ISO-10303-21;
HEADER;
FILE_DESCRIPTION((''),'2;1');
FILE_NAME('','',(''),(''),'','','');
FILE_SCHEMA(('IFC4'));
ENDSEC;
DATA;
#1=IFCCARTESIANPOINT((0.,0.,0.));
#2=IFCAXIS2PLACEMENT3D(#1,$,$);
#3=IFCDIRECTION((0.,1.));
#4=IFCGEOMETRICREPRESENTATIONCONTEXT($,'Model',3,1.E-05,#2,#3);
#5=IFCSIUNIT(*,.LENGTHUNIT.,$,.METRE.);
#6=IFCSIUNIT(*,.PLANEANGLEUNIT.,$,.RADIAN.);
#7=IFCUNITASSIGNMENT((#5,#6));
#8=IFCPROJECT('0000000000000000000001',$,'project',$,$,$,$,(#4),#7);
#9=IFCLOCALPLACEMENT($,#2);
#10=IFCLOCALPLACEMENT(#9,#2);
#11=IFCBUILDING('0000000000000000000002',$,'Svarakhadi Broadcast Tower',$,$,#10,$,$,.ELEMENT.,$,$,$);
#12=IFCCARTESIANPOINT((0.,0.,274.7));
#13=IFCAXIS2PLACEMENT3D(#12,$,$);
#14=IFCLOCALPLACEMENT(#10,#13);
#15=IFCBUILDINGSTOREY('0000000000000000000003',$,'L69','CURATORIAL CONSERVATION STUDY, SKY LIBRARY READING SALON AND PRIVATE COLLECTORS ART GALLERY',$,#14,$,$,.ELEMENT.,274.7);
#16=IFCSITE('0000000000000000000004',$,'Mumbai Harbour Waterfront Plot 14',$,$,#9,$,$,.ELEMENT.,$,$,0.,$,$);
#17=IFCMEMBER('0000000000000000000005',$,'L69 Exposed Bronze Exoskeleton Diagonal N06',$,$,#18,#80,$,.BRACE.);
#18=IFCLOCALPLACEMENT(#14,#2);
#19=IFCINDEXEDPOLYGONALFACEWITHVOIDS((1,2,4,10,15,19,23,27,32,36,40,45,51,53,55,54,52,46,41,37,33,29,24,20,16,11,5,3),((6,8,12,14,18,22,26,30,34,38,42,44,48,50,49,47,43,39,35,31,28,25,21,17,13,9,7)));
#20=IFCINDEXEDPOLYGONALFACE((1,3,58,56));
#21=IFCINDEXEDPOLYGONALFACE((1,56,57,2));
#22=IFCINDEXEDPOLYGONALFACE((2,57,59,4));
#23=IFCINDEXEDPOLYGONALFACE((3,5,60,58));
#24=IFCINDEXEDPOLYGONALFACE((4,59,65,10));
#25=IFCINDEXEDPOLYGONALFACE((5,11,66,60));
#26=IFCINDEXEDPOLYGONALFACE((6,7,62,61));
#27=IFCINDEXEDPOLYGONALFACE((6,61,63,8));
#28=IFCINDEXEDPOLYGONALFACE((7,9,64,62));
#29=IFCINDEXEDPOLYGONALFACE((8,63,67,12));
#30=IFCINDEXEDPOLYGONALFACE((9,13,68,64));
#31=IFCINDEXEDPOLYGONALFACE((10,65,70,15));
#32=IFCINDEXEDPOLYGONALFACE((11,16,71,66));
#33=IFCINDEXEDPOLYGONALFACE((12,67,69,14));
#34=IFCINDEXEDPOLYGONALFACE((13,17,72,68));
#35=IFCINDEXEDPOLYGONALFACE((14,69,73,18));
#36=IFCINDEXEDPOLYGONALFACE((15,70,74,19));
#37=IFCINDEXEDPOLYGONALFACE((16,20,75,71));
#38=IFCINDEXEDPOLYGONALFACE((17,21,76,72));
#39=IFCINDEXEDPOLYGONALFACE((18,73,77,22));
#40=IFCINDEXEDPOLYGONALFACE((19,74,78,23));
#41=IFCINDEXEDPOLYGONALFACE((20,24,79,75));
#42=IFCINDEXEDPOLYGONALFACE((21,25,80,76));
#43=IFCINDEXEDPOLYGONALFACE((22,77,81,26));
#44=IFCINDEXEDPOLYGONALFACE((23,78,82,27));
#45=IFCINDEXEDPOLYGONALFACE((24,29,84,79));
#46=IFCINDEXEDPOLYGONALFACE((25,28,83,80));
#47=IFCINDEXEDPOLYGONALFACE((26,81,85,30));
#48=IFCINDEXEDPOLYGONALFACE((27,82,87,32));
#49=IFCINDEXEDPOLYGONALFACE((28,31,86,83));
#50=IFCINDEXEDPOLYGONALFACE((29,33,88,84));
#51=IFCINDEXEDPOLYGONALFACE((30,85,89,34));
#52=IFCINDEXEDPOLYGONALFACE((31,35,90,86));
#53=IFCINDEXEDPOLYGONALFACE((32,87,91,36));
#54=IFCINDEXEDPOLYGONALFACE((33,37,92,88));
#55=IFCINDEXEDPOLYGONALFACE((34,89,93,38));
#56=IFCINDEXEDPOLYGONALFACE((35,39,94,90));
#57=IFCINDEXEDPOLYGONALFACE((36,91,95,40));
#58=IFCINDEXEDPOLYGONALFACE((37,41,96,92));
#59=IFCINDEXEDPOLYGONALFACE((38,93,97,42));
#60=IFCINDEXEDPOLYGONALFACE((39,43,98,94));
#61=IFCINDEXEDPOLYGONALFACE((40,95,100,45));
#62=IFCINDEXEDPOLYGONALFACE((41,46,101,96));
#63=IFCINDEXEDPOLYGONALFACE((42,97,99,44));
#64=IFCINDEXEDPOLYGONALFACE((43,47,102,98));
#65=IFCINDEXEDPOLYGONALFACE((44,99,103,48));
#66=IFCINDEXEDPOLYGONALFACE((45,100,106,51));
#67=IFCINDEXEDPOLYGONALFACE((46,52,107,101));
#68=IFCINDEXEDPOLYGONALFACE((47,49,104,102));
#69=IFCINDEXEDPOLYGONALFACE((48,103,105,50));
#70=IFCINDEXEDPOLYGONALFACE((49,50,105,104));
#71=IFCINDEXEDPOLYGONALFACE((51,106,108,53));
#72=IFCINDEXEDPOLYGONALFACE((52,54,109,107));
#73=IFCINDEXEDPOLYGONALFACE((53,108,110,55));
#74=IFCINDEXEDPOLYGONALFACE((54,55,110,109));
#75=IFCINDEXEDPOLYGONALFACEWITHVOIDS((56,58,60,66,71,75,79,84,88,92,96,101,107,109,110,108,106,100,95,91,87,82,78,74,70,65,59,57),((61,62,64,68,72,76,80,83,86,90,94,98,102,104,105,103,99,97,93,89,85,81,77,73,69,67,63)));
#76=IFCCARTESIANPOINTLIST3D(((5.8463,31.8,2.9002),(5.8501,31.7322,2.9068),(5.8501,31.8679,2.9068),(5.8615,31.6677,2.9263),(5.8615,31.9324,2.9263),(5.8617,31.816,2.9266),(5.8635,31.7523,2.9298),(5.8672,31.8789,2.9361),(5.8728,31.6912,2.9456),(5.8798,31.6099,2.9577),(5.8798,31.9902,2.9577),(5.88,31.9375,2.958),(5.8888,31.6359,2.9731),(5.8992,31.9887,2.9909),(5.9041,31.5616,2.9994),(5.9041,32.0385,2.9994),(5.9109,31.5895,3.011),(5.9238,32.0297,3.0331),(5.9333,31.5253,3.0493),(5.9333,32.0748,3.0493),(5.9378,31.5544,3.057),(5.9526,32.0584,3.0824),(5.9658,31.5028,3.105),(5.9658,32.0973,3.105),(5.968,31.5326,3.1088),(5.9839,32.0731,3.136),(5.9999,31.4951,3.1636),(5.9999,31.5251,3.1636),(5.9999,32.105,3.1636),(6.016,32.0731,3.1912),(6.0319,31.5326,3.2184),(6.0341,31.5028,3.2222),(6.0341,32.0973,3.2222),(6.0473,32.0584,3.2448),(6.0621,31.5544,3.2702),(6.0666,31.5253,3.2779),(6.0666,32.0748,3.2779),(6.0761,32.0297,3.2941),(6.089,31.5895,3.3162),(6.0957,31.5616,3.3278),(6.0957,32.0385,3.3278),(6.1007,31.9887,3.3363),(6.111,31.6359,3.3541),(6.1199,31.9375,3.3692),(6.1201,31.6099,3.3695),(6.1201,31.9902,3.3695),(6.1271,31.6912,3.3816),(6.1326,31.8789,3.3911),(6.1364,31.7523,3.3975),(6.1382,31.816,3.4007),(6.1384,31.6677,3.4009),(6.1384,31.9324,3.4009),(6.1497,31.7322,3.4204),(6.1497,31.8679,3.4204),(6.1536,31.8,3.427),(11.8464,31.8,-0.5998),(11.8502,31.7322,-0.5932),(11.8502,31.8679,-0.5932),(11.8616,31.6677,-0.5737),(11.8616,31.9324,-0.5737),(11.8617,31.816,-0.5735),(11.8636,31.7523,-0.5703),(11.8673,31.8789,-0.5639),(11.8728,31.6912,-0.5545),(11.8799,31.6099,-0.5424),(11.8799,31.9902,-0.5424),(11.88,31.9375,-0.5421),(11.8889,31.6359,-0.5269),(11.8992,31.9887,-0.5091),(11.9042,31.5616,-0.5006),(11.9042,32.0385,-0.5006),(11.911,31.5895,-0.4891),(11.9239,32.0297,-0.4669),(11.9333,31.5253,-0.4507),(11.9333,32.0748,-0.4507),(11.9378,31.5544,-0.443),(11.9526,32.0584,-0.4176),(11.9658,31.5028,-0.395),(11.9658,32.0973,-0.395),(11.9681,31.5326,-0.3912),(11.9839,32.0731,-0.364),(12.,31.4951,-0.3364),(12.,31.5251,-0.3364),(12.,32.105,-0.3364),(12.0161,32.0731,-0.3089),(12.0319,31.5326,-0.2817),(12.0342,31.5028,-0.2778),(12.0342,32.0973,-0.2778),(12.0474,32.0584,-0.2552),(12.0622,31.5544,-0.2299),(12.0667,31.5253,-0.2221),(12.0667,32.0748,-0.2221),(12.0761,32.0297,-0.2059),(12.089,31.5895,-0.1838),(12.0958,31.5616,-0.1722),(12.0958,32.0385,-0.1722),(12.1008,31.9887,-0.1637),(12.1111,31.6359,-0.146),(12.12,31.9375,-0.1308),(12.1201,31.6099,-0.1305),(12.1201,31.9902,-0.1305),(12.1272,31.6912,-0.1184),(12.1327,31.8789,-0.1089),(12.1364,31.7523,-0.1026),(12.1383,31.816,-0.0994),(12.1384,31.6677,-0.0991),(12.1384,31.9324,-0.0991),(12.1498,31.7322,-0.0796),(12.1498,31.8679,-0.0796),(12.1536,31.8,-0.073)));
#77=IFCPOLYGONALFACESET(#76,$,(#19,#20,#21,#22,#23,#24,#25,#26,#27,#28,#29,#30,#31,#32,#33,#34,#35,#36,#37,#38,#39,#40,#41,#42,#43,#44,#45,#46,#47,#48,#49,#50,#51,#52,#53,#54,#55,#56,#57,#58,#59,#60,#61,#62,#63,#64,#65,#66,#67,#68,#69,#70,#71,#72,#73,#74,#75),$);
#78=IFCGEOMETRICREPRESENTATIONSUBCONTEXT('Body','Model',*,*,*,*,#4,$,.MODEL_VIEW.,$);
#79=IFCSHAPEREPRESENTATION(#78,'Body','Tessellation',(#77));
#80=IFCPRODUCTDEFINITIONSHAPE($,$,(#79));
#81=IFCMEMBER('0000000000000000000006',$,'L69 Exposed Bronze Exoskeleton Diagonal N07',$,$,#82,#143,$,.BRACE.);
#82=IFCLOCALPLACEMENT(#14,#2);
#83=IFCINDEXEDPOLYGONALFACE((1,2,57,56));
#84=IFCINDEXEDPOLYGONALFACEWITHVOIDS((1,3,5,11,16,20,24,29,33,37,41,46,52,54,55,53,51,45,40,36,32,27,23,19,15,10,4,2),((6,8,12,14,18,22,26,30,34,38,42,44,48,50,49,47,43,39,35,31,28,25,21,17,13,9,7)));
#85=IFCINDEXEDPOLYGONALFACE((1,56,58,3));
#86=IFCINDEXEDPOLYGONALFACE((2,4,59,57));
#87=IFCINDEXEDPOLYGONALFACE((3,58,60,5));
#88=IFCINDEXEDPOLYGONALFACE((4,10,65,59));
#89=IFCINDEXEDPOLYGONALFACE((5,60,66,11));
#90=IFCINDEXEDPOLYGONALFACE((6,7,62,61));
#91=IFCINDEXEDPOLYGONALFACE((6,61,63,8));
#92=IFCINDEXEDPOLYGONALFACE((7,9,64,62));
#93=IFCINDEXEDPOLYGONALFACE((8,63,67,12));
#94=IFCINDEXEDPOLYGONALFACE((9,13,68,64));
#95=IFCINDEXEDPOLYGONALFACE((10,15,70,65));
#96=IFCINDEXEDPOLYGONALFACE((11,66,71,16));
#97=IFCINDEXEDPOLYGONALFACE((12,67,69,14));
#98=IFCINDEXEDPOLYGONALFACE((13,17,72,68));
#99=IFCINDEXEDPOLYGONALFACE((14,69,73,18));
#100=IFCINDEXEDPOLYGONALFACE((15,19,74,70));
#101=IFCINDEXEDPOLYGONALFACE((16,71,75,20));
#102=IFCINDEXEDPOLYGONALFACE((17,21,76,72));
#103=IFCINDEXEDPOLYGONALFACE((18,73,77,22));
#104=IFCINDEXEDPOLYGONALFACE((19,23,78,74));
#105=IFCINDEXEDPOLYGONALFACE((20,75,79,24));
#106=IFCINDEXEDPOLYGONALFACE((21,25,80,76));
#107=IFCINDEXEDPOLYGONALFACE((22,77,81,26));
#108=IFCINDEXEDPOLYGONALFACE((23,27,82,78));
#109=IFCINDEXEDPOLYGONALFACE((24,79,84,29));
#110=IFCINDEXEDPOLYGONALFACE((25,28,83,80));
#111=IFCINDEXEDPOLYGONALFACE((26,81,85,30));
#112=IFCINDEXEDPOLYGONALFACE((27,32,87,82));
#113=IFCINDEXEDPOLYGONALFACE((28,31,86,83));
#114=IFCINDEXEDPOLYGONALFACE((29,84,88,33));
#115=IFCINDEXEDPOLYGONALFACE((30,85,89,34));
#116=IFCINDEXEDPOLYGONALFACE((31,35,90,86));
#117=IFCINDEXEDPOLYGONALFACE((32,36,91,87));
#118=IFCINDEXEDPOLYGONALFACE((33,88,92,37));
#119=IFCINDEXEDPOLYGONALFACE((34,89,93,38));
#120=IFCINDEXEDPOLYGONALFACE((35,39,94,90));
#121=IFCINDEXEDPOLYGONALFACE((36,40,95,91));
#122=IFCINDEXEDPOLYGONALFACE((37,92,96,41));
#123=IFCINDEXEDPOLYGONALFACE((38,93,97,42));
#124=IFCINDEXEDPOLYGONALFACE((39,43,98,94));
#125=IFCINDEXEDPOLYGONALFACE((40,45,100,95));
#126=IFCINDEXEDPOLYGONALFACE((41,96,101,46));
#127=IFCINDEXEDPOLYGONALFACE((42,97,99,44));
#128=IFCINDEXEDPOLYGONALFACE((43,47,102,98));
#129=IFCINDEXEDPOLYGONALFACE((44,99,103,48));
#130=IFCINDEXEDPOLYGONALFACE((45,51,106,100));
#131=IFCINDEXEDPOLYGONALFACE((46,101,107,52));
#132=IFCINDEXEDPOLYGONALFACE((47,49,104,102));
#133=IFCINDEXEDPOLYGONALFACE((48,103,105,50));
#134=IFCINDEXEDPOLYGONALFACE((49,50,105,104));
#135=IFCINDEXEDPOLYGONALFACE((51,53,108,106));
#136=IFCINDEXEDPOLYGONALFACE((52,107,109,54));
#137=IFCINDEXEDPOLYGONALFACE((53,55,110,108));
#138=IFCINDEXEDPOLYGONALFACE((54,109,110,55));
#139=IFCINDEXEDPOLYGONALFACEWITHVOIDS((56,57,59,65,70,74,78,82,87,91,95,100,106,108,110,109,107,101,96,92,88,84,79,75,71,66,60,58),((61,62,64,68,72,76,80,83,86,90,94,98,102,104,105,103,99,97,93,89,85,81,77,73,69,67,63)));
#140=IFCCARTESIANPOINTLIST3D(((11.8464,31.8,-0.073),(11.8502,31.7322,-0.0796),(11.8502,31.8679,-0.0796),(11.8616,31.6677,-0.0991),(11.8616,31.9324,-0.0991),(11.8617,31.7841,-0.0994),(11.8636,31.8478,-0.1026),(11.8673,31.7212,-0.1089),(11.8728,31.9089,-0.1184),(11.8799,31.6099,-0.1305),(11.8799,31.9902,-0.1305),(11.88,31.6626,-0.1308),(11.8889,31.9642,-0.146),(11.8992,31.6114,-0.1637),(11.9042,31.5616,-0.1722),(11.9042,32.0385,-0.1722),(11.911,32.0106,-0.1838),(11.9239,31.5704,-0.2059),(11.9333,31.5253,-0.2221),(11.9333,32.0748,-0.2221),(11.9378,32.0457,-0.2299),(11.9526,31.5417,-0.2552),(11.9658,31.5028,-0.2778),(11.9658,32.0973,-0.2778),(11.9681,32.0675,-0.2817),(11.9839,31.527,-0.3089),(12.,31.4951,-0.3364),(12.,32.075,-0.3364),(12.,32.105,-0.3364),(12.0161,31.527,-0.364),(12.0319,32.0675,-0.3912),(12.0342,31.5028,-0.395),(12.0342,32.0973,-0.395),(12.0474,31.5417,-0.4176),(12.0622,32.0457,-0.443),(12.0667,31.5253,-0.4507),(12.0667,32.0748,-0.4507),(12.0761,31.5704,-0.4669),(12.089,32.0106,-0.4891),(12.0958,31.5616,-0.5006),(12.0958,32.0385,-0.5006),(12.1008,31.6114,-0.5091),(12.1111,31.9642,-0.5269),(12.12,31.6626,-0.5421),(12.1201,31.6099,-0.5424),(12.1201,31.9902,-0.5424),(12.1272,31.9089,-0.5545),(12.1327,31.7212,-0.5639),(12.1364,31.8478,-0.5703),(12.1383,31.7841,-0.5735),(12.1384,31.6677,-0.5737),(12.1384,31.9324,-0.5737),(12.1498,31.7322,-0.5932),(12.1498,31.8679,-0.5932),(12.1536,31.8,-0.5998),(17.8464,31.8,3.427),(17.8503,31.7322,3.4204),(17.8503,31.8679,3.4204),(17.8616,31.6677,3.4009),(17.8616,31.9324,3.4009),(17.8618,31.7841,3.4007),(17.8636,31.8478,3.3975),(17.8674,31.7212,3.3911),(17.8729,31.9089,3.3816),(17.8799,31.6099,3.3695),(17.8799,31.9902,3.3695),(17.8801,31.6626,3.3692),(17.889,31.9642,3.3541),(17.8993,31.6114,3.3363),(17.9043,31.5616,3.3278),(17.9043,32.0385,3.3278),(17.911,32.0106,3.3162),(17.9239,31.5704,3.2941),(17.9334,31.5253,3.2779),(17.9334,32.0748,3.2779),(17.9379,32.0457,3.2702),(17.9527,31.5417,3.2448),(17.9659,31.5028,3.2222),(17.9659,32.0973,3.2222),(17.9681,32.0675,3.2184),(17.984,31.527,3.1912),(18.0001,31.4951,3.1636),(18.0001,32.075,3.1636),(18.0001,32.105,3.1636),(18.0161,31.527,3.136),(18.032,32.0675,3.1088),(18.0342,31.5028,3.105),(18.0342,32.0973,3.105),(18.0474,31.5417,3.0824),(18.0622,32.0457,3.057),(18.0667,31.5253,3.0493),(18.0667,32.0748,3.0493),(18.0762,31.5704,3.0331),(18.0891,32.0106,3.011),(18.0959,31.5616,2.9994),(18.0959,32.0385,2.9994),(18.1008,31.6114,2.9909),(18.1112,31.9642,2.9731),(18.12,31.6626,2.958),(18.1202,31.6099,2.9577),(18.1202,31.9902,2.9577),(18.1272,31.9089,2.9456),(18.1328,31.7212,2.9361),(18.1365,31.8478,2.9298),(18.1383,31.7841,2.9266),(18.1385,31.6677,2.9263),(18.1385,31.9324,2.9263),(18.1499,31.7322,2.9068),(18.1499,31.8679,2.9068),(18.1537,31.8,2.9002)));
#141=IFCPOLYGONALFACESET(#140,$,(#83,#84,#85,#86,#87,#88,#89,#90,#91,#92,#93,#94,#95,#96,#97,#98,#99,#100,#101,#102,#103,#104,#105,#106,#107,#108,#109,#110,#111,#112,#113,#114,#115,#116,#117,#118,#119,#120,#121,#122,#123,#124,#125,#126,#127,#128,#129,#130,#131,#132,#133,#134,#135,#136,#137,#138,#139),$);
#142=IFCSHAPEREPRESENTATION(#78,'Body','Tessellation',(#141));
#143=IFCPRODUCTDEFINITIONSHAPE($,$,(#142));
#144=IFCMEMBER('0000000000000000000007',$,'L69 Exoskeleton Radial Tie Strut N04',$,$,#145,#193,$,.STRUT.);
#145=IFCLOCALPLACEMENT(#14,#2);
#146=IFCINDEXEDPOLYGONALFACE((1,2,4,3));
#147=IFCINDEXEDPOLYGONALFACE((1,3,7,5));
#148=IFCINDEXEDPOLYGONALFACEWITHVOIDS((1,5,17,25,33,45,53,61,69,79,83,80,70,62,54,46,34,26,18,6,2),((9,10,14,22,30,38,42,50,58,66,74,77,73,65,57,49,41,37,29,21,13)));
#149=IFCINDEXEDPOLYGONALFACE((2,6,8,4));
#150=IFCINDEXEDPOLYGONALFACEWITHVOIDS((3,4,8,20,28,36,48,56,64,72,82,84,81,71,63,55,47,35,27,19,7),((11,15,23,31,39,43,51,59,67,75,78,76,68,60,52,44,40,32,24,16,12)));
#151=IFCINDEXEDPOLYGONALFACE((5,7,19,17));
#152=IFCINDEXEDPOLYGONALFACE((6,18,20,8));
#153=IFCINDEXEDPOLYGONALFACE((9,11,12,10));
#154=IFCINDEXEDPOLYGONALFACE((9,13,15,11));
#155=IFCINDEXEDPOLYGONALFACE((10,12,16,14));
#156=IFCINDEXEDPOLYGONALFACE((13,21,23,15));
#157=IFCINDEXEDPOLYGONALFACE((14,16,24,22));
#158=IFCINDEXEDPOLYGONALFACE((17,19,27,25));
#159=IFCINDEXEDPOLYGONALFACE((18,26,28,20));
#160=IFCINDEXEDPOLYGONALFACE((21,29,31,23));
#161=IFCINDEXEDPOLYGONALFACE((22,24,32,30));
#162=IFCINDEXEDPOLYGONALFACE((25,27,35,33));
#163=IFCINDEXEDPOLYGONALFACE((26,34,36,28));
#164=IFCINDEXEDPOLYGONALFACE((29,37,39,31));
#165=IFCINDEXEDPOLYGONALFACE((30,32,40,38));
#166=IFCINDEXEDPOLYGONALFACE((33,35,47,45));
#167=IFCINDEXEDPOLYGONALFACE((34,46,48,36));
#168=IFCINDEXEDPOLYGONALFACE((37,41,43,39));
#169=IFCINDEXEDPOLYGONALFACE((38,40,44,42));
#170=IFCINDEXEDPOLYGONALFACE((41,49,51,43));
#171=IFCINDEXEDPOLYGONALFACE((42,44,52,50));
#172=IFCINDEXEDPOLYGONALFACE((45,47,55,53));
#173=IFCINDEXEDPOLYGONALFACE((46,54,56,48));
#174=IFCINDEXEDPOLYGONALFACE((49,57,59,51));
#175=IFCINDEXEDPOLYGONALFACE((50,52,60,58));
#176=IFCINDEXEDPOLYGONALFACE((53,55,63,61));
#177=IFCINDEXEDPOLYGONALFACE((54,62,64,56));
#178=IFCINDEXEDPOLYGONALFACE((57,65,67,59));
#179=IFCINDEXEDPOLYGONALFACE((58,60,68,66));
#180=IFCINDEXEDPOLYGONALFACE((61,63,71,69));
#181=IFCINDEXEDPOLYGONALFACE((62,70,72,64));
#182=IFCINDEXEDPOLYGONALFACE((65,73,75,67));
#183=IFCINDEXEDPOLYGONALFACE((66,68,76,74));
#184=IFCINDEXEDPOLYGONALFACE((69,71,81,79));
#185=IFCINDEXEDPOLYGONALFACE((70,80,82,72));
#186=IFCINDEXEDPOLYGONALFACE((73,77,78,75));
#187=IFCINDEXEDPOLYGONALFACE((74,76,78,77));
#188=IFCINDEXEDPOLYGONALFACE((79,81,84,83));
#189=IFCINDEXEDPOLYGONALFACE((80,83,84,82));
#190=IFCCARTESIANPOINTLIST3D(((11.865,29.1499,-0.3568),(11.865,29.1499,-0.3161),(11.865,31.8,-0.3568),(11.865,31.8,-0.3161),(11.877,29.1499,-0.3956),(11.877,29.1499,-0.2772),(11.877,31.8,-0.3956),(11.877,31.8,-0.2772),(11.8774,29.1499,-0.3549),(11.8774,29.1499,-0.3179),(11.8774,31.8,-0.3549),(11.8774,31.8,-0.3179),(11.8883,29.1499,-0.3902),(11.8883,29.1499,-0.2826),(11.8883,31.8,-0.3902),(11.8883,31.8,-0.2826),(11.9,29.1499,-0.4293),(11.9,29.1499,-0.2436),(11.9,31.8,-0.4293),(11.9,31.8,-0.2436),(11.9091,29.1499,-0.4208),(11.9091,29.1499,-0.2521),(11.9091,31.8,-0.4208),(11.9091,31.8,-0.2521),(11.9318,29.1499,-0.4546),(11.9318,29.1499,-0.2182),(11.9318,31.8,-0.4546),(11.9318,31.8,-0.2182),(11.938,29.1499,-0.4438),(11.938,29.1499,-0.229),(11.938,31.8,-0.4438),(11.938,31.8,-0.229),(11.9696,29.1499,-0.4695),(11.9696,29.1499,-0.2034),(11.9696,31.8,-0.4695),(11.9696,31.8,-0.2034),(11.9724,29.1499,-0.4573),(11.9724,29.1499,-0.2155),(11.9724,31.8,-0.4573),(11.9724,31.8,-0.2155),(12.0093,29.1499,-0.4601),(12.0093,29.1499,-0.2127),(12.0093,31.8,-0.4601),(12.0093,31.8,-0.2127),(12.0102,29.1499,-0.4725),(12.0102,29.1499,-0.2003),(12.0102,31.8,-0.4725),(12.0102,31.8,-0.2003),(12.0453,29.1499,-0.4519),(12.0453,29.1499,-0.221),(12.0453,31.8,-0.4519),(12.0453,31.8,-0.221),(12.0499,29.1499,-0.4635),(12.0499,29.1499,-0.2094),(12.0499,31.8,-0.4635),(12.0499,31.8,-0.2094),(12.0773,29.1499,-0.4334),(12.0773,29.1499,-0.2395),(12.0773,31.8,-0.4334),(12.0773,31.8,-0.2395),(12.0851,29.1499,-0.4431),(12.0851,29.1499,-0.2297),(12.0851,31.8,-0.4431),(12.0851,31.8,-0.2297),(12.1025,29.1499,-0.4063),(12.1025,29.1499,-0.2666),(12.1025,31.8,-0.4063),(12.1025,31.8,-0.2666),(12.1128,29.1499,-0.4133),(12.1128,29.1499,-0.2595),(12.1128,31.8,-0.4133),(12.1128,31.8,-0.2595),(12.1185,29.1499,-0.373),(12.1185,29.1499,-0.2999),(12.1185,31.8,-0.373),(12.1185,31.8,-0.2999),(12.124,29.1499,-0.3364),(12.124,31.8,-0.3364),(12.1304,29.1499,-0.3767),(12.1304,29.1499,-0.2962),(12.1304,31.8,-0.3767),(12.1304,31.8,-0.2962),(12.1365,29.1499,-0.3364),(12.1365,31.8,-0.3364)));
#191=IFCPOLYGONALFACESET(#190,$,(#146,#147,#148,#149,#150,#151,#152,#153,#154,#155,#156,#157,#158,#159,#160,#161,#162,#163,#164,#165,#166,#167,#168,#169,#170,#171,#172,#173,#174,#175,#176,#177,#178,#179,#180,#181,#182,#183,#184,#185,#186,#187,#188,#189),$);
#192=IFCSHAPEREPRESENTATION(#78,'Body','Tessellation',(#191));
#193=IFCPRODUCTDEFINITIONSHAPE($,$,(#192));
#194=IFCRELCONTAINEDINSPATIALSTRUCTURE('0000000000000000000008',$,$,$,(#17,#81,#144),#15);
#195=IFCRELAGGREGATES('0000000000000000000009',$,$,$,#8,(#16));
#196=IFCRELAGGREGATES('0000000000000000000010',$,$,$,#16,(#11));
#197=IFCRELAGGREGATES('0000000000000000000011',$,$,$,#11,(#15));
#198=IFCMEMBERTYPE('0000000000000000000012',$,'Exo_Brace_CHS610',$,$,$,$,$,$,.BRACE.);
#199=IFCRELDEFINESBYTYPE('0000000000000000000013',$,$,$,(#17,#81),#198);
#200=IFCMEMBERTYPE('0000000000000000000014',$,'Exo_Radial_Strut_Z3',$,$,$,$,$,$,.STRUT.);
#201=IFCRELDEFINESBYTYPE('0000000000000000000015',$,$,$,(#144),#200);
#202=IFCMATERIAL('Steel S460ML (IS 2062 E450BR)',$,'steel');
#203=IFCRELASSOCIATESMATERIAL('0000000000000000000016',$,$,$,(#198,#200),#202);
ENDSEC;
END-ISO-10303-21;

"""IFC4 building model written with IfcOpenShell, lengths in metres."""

from ifc_helpers import new_model, si_unit, direction, frame, origin, origin_2d, place, context, subcontext, project, spatial, hollow_circle, extrude, material, material_profile, profile_set, type_object, element, save


model = new_model("IFC4")

# Units and contexts
model_context = context("Model", 3, precision=1e-05, world=origin(), true_north=direction((0.0, 1.0)))
body_context = subcontext(model_context, "Body", "Model", "MODEL_VIEW")
ifc_project = project(units=[si_unit("LENGTHUNIT", "METRE"), si_unit("PLANEANGLEUNIT", "RADIAN")], contexts=[model_context])

# Site, building, storey
site_placement = place(None, origin())
site = spatial("IfcSite", under=ifc_project, at=site_placement, Name="Mumbai Harbour Waterfront Plot 14", CompositionType="ELEMENT", RefElevation=0.0)
building_placement = place(site_placement, origin())
building = spatial("IfcBuilding", under=site, at=building_placement, Name="Svarakhadi Broadcast Tower", CompositionType="ELEMENT")
storey_placement = place(building_placement, frame((0.0, 0.0, 274.7)))
storey = spatial("IfcBuildingStorey", under=building, at=storey_placement, Name="L69", Description="CURATORIAL CONSERVATION STUDY, SKY LIBRARY READING SALON AND PRIVATE COLLECTORS ART GALLERY", CompositionType="ELEMENT", Elevation=274.7)

# Shared definitions
ifc_material_1 = material(Name="Steel S460ML (IS 2062 E450BR)", Category="steel")

# Members
ifc_material_profile_1 = material_profile(ifc_material_1, hollow_circle(Radius=0.3049, WallThickness=0.03, at=origin_2d()), Name="CHS 610x30")
ifc_profile_set_1 = profile_set([ifc_material_profile_1], Name="Steel S460ML (IS 2062 E450BR)")
member_type_1 = type_object("IfcMemberType", Name="Exo_Brace_CHS610", PredefinedType="BRACE", material=ifc_profile_set_1)
for number, where, z_axis, x_axis, name in (
    (1, (12.0, 31.8, -0.3364), (-0.863779, 0.0, 0.503871), (0.0, -1.0, 0.0), "L69 Exposed Bronze Exoskeleton Diagonal N06"),
    (2, (12.0, 31.8, -0.3364), (0.863779, 0.0, 0.503871), (0.0, 1.0, 0.0), "L69 Exposed Bronze Exoskeleton Diagonal N07"),
):
    element("IfcMember", number, at=place(storey_placement, frame(where, z_axis=z_axis, x_axis=x_axis)), inside=storey, type_object=member_type_1, Name=name, PredefinedType="BRACE", context=body_context, shape_type="SweptSolid", body=[
        extrude(hollow_circle(Radius=0.3049, WallThickness=0.03, at=origin_2d()), origin(), (0.0, 0.0, 1.0), 6.9463),
    ])
ifc_material_profile_2 = material_profile(ifc_material_1, hollow_circle(Radius=0.1365, WallThickness=0.0125, at=origin_2d()), Name="CHS 273x12.5")
ifc_profile_set_2 = profile_set([ifc_material_profile_2], Name="Steel S460ML (IS 2062 E450BR)")
member_type_2 = type_object("IfcMemberType", Name="Exo_Radial_Strut_Z3", PredefinedType="STRUT", material=ifc_profile_set_2)
member_1_placement = place(storey_placement, frame((12.0, 31.8, -0.3364), z_axis=(0.0, -1.0, 0.0), x_axis=(1.0, 0.0, 0.0)))
element("IfcMember", 3, at=member_1_placement, inside=storey, type_object=member_type_2, Name="L69 Exoskeleton Radial Tie Strut N04", PredefinedType="STRUT", context=body_context, shape_type="SweptSolid", body=[
    extrude(hollow_circle(Radius=0.1365, WallThickness=0.0125, at=origin_2d()), origin(), (0.0, 0.0, 1.0), 2.6501),
])

save(model, "model.ifc")
